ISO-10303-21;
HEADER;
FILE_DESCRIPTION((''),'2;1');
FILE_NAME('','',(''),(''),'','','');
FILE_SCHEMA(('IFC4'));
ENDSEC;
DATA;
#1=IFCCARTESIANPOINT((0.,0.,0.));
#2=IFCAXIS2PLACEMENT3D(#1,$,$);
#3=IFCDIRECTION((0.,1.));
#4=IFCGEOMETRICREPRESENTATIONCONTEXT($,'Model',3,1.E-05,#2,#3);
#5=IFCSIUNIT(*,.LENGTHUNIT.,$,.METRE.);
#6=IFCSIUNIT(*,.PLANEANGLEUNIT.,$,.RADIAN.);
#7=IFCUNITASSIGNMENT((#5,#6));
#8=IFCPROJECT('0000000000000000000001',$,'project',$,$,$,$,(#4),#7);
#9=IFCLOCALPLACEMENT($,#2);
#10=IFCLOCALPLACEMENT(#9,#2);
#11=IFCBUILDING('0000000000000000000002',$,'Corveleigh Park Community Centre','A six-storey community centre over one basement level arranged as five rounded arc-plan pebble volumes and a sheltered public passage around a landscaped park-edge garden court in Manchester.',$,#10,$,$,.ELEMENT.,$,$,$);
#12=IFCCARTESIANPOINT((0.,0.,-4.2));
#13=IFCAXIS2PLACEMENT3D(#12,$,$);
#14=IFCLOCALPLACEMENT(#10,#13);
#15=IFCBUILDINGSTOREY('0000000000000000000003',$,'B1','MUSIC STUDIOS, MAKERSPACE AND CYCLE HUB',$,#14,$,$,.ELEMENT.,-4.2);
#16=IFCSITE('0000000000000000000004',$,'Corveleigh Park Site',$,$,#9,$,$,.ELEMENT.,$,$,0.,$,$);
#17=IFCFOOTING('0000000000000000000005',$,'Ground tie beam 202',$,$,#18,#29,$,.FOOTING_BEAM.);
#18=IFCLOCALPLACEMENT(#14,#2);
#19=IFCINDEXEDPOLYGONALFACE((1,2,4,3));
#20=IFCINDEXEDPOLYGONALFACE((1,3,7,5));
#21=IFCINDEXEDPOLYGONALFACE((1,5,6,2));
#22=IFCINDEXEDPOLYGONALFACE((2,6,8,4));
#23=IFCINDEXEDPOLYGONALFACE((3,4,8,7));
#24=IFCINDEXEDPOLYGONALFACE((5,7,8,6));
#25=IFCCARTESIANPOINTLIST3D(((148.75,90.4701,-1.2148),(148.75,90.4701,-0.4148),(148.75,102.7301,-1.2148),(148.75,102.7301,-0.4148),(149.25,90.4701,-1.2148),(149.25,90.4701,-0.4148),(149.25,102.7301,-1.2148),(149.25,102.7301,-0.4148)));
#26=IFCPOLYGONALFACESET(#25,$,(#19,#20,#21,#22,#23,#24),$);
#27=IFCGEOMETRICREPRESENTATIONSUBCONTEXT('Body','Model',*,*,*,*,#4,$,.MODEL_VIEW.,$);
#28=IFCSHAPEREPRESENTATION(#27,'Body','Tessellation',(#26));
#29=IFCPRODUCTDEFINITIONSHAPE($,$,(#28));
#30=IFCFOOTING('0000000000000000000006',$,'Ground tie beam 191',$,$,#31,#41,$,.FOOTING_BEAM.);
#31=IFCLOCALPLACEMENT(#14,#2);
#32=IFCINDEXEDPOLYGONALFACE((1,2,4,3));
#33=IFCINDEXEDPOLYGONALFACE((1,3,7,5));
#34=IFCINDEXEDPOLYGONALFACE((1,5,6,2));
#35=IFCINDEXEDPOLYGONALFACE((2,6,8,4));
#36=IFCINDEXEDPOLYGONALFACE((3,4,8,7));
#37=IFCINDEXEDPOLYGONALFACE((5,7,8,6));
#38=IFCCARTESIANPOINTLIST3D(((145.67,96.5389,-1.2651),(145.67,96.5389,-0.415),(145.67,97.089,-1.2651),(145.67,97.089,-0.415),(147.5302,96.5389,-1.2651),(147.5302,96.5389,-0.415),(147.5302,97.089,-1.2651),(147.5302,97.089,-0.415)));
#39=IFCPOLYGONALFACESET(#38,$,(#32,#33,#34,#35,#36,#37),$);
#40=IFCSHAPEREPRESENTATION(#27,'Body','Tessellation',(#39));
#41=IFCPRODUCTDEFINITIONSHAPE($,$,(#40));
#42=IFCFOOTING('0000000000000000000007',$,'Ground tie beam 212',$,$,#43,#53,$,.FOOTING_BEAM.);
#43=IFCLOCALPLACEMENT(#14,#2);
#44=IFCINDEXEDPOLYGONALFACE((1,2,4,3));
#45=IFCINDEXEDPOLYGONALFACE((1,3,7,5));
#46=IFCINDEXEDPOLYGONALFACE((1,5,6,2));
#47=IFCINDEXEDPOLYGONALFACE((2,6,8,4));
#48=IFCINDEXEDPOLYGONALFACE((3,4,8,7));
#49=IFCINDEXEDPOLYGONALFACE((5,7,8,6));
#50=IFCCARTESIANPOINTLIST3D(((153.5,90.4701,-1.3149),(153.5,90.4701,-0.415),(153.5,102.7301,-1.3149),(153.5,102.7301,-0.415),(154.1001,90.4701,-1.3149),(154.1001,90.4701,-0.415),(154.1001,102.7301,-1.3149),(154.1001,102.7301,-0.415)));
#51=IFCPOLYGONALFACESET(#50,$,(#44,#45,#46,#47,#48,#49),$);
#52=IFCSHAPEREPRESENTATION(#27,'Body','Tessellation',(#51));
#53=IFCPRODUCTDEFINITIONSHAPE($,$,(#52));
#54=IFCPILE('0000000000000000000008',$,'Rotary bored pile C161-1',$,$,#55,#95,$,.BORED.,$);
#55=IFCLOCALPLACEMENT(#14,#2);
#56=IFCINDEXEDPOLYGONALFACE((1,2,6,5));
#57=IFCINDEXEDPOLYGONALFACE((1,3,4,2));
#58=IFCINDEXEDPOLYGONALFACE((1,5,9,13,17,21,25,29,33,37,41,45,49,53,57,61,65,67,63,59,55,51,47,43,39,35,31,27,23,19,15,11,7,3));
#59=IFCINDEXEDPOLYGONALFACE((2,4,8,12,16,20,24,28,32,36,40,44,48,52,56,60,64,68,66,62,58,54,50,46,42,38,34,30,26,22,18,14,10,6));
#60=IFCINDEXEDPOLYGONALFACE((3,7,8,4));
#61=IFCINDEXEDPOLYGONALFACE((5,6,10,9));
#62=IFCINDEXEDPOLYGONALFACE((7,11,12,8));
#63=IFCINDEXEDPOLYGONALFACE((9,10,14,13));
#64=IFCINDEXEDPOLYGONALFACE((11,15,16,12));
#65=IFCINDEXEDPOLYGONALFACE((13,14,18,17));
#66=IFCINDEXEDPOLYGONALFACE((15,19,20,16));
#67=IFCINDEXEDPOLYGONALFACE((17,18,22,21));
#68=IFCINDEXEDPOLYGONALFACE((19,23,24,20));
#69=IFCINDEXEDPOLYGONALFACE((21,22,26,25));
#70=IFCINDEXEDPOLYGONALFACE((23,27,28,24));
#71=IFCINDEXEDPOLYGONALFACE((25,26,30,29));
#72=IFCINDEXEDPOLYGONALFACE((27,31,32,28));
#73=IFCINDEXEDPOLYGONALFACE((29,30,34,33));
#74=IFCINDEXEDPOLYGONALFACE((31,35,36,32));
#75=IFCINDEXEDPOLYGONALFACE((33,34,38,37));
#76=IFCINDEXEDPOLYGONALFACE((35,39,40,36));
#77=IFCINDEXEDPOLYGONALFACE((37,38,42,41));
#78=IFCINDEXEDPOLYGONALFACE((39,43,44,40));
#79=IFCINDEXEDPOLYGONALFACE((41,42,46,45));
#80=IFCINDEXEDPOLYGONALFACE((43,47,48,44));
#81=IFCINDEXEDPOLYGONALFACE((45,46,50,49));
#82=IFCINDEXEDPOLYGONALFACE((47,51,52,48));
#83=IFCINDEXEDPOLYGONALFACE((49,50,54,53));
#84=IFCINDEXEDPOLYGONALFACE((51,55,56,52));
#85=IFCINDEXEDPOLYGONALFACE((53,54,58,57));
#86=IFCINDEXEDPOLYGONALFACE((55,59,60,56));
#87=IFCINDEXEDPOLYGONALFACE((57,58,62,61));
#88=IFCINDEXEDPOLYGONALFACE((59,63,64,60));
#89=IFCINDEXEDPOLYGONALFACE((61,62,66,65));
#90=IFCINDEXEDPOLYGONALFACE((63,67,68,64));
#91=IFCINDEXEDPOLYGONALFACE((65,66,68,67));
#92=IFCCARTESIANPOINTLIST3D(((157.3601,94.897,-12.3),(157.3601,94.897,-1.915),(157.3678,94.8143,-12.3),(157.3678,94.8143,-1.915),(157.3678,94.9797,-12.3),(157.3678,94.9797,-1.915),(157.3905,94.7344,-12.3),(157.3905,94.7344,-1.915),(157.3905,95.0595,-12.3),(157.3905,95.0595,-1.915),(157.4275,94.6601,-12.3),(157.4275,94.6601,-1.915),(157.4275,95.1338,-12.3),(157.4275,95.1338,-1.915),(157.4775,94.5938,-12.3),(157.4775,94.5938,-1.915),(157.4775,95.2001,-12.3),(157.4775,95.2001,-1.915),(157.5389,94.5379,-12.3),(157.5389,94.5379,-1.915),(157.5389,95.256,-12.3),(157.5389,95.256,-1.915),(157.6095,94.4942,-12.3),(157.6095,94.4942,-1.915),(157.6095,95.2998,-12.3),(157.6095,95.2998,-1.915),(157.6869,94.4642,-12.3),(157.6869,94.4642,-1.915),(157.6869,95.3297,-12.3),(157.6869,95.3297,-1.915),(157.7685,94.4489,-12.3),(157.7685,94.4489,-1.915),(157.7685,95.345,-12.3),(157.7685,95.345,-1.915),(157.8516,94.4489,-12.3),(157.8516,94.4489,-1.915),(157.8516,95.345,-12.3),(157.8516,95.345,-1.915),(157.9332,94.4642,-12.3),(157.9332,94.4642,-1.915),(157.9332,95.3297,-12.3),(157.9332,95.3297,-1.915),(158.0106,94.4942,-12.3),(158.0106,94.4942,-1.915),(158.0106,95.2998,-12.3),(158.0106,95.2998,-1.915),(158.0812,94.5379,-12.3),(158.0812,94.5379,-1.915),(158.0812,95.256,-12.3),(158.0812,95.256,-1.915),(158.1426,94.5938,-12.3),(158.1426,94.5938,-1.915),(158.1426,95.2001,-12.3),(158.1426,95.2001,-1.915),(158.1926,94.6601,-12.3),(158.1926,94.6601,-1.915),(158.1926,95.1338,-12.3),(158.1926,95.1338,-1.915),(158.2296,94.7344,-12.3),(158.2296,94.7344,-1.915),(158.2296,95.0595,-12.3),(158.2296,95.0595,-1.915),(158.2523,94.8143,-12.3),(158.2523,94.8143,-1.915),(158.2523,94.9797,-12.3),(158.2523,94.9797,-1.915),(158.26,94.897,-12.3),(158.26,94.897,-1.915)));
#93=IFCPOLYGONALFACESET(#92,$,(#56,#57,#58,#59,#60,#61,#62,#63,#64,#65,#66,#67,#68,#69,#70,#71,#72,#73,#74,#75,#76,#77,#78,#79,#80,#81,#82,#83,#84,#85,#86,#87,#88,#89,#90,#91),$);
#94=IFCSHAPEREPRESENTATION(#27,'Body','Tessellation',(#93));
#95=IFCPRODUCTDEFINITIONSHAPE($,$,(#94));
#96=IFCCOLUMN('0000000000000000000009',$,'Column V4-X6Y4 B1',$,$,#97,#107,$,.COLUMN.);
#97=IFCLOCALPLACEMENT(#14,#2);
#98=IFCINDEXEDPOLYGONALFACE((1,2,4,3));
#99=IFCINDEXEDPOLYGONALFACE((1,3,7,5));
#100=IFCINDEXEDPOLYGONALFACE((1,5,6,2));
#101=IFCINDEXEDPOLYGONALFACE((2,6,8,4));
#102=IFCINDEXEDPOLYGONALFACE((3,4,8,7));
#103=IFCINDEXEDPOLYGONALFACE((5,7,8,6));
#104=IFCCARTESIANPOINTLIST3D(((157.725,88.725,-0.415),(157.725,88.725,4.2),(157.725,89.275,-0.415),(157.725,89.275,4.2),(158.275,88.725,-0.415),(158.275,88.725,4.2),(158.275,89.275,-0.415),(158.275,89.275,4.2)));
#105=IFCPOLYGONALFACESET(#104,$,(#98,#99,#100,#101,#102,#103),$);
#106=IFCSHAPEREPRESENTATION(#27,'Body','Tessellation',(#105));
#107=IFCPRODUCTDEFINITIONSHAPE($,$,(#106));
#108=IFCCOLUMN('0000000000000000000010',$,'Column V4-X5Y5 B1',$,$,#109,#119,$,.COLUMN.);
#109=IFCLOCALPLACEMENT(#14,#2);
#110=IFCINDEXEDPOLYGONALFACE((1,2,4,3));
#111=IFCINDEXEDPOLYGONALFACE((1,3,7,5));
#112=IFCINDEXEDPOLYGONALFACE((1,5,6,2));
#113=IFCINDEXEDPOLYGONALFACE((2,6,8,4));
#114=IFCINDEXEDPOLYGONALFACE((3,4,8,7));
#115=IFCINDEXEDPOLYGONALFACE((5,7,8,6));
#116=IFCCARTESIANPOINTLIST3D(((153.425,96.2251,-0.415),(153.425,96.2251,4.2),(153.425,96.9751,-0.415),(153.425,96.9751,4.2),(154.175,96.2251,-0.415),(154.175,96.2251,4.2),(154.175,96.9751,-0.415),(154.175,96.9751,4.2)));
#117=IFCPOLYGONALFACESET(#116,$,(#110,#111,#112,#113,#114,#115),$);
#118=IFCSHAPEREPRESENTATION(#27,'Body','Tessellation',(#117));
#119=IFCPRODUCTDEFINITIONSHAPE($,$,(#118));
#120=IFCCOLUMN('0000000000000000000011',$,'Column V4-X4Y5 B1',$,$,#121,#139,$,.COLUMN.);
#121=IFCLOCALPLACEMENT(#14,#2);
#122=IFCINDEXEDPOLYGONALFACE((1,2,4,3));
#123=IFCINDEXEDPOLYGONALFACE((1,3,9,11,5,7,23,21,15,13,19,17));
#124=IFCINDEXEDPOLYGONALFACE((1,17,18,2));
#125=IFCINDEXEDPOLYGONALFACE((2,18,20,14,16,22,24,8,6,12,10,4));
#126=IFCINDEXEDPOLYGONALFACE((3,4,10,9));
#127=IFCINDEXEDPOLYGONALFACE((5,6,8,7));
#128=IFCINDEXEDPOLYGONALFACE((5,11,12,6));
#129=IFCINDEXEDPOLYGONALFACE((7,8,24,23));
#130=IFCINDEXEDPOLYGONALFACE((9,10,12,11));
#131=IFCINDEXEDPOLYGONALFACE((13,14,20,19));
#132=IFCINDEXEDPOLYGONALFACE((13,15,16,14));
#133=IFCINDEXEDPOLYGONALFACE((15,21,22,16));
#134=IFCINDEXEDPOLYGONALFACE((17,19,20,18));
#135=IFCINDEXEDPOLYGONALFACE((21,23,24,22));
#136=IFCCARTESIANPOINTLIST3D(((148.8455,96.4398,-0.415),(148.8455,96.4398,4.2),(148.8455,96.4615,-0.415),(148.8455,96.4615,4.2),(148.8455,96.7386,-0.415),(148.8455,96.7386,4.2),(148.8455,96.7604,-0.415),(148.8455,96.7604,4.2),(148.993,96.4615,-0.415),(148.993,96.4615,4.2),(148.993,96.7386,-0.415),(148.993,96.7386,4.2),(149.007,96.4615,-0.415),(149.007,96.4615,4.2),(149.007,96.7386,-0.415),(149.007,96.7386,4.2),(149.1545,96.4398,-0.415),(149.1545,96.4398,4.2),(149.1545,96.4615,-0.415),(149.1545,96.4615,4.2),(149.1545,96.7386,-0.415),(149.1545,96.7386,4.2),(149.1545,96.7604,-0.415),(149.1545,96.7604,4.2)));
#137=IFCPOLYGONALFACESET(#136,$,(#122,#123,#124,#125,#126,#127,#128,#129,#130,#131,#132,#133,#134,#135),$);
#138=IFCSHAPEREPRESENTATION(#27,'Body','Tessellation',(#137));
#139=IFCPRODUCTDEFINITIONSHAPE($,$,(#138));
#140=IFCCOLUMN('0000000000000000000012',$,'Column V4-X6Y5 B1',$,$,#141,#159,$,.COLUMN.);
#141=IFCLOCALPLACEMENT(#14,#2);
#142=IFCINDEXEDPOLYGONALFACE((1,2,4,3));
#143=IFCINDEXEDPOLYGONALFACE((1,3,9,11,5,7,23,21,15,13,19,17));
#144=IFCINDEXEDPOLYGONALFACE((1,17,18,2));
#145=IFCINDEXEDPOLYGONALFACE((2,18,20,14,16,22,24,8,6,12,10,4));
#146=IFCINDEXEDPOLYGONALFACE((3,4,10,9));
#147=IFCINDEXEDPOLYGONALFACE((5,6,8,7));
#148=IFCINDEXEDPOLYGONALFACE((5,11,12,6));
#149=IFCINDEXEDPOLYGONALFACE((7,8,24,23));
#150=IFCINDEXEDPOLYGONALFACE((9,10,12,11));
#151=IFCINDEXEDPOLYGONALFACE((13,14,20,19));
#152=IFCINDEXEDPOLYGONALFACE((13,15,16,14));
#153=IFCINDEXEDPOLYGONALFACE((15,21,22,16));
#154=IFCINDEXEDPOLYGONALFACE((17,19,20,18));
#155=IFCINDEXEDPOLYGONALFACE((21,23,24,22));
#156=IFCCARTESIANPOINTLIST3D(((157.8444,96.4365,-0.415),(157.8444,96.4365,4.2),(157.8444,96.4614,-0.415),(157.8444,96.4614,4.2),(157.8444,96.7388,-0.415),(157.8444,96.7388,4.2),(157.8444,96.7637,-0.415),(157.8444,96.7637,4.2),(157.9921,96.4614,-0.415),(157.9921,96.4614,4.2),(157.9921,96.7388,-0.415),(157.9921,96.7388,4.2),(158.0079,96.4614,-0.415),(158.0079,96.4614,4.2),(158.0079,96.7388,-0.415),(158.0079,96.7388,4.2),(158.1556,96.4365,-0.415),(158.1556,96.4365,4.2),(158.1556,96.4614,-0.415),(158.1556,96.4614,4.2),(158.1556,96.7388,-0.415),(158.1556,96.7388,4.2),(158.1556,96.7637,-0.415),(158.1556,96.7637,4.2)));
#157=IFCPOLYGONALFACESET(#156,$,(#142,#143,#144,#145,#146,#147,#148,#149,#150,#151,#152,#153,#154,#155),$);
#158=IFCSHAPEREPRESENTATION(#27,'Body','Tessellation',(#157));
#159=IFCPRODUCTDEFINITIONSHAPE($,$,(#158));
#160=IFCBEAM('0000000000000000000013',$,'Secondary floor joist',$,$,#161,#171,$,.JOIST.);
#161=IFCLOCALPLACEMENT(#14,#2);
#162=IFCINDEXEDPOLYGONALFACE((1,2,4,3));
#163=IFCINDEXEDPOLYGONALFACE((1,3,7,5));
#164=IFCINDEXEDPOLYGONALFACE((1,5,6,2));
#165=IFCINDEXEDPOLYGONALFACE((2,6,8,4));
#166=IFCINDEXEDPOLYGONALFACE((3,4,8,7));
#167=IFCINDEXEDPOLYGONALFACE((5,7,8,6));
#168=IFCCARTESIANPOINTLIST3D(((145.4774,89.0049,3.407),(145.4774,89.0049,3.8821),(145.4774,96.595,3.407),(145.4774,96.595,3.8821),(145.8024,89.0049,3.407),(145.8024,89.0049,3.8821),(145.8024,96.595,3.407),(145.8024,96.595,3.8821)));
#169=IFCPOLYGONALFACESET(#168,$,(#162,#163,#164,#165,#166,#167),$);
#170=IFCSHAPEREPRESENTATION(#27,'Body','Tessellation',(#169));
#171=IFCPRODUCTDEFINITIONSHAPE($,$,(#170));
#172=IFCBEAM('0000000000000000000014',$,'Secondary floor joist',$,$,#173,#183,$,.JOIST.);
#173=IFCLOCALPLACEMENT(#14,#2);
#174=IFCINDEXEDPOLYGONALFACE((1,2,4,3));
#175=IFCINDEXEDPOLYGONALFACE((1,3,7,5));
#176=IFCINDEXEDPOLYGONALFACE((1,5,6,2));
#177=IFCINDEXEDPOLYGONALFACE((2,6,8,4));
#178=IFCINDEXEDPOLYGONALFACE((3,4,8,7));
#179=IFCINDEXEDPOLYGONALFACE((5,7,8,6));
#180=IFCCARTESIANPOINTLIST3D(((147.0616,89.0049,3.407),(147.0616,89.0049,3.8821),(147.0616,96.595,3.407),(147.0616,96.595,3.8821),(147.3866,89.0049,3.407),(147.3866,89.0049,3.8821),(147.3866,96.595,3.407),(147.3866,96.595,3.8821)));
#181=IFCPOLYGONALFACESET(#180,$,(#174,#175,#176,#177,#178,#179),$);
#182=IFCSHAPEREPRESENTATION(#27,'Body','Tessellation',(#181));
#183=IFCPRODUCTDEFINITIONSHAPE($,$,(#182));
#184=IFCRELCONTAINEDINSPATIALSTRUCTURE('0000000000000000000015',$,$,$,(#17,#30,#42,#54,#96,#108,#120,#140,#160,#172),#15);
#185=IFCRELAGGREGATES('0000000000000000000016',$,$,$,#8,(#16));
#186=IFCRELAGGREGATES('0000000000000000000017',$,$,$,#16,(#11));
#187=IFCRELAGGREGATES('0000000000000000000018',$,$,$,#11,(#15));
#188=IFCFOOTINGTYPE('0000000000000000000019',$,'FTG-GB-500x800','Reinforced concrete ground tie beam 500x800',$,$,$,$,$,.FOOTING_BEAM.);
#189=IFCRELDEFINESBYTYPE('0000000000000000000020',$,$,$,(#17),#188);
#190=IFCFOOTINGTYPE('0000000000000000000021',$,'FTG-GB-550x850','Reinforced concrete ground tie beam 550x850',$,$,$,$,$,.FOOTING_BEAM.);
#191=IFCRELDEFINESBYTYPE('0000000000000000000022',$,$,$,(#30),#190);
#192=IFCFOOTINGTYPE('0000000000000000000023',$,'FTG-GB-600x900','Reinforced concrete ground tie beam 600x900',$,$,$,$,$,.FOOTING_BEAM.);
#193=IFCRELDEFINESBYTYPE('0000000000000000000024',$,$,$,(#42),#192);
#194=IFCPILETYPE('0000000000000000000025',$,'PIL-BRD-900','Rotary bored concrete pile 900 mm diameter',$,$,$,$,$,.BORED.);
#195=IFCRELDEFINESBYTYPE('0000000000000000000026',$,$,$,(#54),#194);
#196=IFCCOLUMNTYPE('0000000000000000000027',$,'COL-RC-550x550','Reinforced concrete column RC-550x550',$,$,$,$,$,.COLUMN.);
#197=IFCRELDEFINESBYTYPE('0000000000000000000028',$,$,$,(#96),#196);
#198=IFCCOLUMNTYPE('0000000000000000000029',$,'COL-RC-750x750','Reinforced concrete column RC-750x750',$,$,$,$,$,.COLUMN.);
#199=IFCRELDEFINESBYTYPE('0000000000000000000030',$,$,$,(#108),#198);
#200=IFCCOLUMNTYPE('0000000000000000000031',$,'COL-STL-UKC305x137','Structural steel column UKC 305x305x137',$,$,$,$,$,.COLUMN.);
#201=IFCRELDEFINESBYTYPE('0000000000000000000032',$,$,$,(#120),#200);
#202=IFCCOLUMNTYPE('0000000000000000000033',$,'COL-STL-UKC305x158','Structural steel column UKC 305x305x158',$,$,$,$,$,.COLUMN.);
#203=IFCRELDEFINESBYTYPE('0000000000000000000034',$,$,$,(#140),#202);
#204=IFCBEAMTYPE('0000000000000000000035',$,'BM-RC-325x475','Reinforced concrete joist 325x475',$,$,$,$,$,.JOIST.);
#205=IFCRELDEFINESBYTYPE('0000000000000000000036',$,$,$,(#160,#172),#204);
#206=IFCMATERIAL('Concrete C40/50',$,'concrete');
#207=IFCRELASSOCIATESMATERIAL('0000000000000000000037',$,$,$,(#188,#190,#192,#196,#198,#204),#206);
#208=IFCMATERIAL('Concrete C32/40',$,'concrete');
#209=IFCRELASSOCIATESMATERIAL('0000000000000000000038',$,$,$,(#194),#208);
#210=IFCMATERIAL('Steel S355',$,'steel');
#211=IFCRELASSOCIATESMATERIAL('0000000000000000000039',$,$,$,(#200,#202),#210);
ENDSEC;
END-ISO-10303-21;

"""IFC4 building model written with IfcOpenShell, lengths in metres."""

from ifc_helpers import new_model, si_unit, direction, frame, origin, origin_2d, place, context, subcontext, project, spatial, rectangle, circle, i_section, extrude, material, material_profile, profile_set, type_object, element, save


model = new_model("IFC4")

# Units and contexts
model_context = context("Model", 3, precision=1e-05, world=origin(), true_north=direction((0.0, 1.0)))
body_context = subcontext(model_context, "Body", "Model", "MODEL_VIEW")
ifc_project = project(units=[si_unit("LENGTHUNIT", "METRE"), si_unit("PLANEANGLEUNIT", "RADIAN")], contexts=[model_context])

# Site, building, storey
site_placement = place(None, origin())
site = spatial("IfcSite", under=ifc_project, at=site_placement, Name="Corveleigh Park Site", CompositionType="ELEMENT", RefElevation=0.0)
building_placement = place(site_placement, origin())
building = spatial("IfcBuilding", under=site, at=building_placement, Name="Corveleigh Park Community Centre", Description="A six-storey community centre over one basement level arranged as five rounded arc-plan pebble volumes and a sheltered public passage around a landscaped park-edge garden court in Manchester.", CompositionType="ELEMENT")
storey_placement = place(building_placement, frame((0.0, 0.0, -4.2)))
storey = spatial("IfcBuildingStorey", under=building, at=storey_placement, Name="B1", Description="MUSIC STUDIOS, MAKERSPACE AND CYCLE HUB", CompositionType="ELEMENT", Elevation=-4.2)

# Footings
ifc_material_1 = material(Name="Concrete C40/50", Category="concrete")
footing_type_1 = type_object("IfcFootingType", Name="FTG-GB-500x800", Description="Reinforced concrete ground tie beam 500x800", PredefinedType="FOOTING_BEAM", material=ifc_material_1)
footing_1_placement = place(storey_placement, frame((149.0, 96.6001, -1.2148), z_axis=(0.0, 0.0, 1.0), x_axis=(1.0, 0.0, 0.0)))
element("IfcFooting", 1, at=footing_1_placement, inside=storey, type_object=footing_type_1, Name="Ground tie beam 202", PredefinedType="FOOTING_BEAM", context=body_context, shape_type="SweptSolid", body=[
    extrude(rectangle(XDim=0.5, YDim=12.26, at=origin_2d()), origin(), (0.0, 0.0, 1.0), 0.8),
])
footing_type_2 = type_object("IfcFootingType", Name="FTG-GB-550x850", Description="Reinforced concrete ground tie beam 550x850", PredefinedType="FOOTING_BEAM", material=ifc_material_1)
footing_2_placement = place(storey_placement, frame((146.6001, 96.814, -1.2651), z_axis=(0.0, 0.0, 1.0), x_axis=(1.0, 0.0, 0.0)))
element("IfcFooting", 2, at=footing_2_placement, inside=storey, type_object=footing_type_2, Name="Ground tie beam 191", PredefinedType="FOOTING_BEAM", context=body_context, shape_type="SweptSolid", body=[
    extrude(rectangle(XDim=1.8601, YDim=0.55, at=origin_2d()), origin(), (0.0, 0.0, 1.0), 0.8501),
])
footing_type_3 = type_object("IfcFootingType", Name="FTG-GB-600x900", Description="Reinforced concrete ground tie beam 600x900", PredefinedType="FOOTING_BEAM", material=ifc_material_1)
footing_3_placement = place(storey_placement, frame((153.8, 96.6001, -1.3149), z_axis=(0.0, 0.0, 1.0), x_axis=(1.0, 0.0, 0.0)))
element("IfcFooting", 3, at=footing_3_placement, inside=storey, type_object=footing_type_3, Name="Ground tie beam 212", PredefinedType="FOOTING_BEAM", context=body_context, shape_type="SweptSolid", body=[
    extrude(rectangle(XDim=0.6001, YDim=12.26, at=origin_2d()), origin(), (0.0, 0.0, 1.0), 0.8999),
])

# Pile
ifc_material_2 = material(Name="Concrete C32/40", Category="concrete")
ifc_material_profile_1 = material_profile(ifc_material_2, circle(Radius=0.45, at=origin_2d()), Name="BORED-PILE-900", Category="concrete")
ifc_profile_set_1 = profile_set([ifc_material_profile_1], Name="Concrete C32/40")
pile_type = type_object("IfcPileType", Name="PIL-BRD-900", Description="Rotary bored concrete pile 900 mm diameter", PredefinedType="BORED", material=ifc_profile_set_1)
pile_placement = place(storey_placement, frame((157.8101, 94.897, -1.915), z_axis=(0.0, 0.0, -1.0), x_axis=(1.0, 0.0, 0.0)))
element("IfcPile", 4, at=pile_placement, inside=storey, type_object=pile_type, Name="Rotary bored pile C161-1", PredefinedType="BORED", context=body_context, shape_type="SweptSolid", body=[
    extrude(circle(Radius=0.45, at=origin_2d()), origin(), (0.0, 0.0, 1.0), 10.385),
])

# Columns
ifc_material_profile_2 = material_profile(ifc_material_1, rectangle(XDim=0.55, YDim=0.55, at=origin_2d()), Name="RC-550x550", Category="concrete")
ifc_profile_set_2 = profile_set([ifc_material_profile_2], Name="Concrete C40/50")
column_type_1 = type_object("IfcColumnType", Name="COL-RC-550x550", Description="Reinforced concrete column RC-550x550", PredefinedType="COLUMN", material=ifc_profile_set_2)
column_1_placement = place(storey_placement, frame((158.0, 89.0, -0.415), z_axis=(0.0, 0.0, 1.0), x_axis=(1.0, 0.0, 0.0)))
element("IfcColumn", 5, at=column_1_placement, inside=storey, type_object=column_type_1, Name="Column V4-X6Y4 B1", PredefinedType="COLUMN", context=body_context, shape_type="SweptSolid", body=[
    extrude(rectangle(XDim=0.55, YDim=0.55, at=origin_2d()), origin(), (0.0, 0.0, 1.0), 4.615),
])
ifc_material_profile_3 = material_profile(ifc_material_1, rectangle(XDim=0.75, YDim=0.75, at=origin_2d()), Name="RC-750x750", Category="concrete")
ifc_profile_set_3 = profile_set([ifc_material_profile_3], Name="Concrete C40/50")
column_type_2 = type_object("IfcColumnType", Name="COL-RC-750x750", Description="Reinforced concrete column RC-750x750", PredefinedType="COLUMN", material=ifc_profile_set_3)
column_2_placement = place(storey_placement, frame((153.8, 96.6001, -0.415), z_axis=(0.0, 0.0, 1.0), x_axis=(1.0, 0.0, 0.0)))
element("IfcColumn", 6, at=column_2_placement, inside=storey, type_object=column_type_2, Name="Column V4-X5Y5 B1", PredefinedType="COLUMN", context=body_context, shape_type="SweptSolid", body=[
    extrude(rectangle(XDim=0.75, YDim=0.75, at=origin_2d()), origin(), (0.0, 0.0, 1.0), 4.615),
])
ifc_material_3 = material(Name="Steel S355", Category="steel")
ifc_material_profile_4 = material_profile(ifc_material_3, i_section(OverallWidth=0.3091, OverallDepth=0.3206, WebThickness=0.0139, FlangeThickness=0.0217, at=origin_2d()), Name="UKC 305x305x137", Category="steel")
ifc_profile_set_4 = profile_set([ifc_material_profile_4], Name="Steel S355")
column_type_3 = type_object("IfcColumnType", Name="COL-STL-UKC305x137", Description="Structural steel column UKC 305x305x137", PredefinedType="COLUMN", material=ifc_profile_set_4)
column_3_placement = place(storey_placement, frame((149.0, 96.6001, -0.415), z_axis=(0.0, 0.0, 1.0), x_axis=(1.0, 0.0, 0.0)))
element("IfcColumn", 7, at=column_3_placement, inside=storey, type_object=column_type_3, Name="Column V4-X4Y5 B1", PredefinedType="COLUMN", context=body_context, shape_type="SweptSolid", body=[
    extrude(i_section(OverallWidth=0.3091, OverallDepth=0.3206, WebThickness=0.0139, FlangeThickness=0.0217, at=origin_2d()), origin(), (0.0, 0.0, 1.0), 4.615),
])
ifc_material_profile_5 = material_profile(ifc_material_3, i_section(OverallWidth=0.3113, OverallDepth=0.3271, WebThickness=0.0159, FlangeThickness=0.0249, at=origin_2d()), Name="UKC 305x305x158", Category="steel")
ifc_profile_set_5 = profile_set([ifc_material_profile_5], Name="Steel S355")
column_type_4 = type_object("IfcColumnType", Name="COL-STL-UKC305x158", Description="Structural steel column UKC 305x305x158", PredefinedType="COLUMN", material=ifc_profile_set_5)
column_4_placement = place(storey_placement, frame((158.0, 96.6001, -0.415), z_axis=(0.0, 0.0, 1.0), x_axis=(1.0, 0.0, 0.0)))
element("IfcColumn", 8, at=column_4_placement, inside=storey, type_object=column_type_4, Name="Column V4-X6Y5 B1", PredefinedType="COLUMN", context=body_context, shape_type="SweptSolid", body=[
    extrude(i_section(OverallWidth=0.3113, OverallDepth=0.3271, WebThickness=0.0159, FlangeThickness=0.0249, at=origin_2d()), origin(), (0.0, 0.0, 1.0), 4.615),
])

# Beams
ifc_material_profile_6 = material_profile(ifc_material_1, rectangle(XDim=0.325, YDim=0.4751, at=origin_2d()), Name="RC-325x475", Category="concrete")
ifc_profile_set_6 = profile_set([ifc_material_profile_6], Name="Concrete C40/50")
beam_type_1 = type_object("IfcBeamType", Name="BM-RC-325x475", Description="Reinforced concrete joist 325x475", PredefinedType="JOIST", material=ifc_profile_set_6)
for number, where, z_axis, x_axis, name in (
    (9, (145.6399, 89.0049, 3.6445), (0.0, 1.0, 0.0), (-1.0, 0.0, 0.0), "Secondary floor joist"),
    (10, (147.2241, 89.0049, 3.6445), (0.0, 1.0, 0.0), (-1.0, 0.0, 0.0), "Secondary floor joist"),
):
    element("IfcBeam", number, at=place(storey_placement, frame(where, z_axis=z_axis, x_axis=x_axis)), inside=storey, type_object=beam_type_1, Name=name, PredefinedType="JOIST", context=body_context, shape_type="SweptSolid", body=[
        extrude(rectangle(XDim=0.325, YDim=0.4751, at=origin_2d()), origin(), (0.0, 0.0, 1.0), 7.5901),
    ])

save(model, "model.ifc")
